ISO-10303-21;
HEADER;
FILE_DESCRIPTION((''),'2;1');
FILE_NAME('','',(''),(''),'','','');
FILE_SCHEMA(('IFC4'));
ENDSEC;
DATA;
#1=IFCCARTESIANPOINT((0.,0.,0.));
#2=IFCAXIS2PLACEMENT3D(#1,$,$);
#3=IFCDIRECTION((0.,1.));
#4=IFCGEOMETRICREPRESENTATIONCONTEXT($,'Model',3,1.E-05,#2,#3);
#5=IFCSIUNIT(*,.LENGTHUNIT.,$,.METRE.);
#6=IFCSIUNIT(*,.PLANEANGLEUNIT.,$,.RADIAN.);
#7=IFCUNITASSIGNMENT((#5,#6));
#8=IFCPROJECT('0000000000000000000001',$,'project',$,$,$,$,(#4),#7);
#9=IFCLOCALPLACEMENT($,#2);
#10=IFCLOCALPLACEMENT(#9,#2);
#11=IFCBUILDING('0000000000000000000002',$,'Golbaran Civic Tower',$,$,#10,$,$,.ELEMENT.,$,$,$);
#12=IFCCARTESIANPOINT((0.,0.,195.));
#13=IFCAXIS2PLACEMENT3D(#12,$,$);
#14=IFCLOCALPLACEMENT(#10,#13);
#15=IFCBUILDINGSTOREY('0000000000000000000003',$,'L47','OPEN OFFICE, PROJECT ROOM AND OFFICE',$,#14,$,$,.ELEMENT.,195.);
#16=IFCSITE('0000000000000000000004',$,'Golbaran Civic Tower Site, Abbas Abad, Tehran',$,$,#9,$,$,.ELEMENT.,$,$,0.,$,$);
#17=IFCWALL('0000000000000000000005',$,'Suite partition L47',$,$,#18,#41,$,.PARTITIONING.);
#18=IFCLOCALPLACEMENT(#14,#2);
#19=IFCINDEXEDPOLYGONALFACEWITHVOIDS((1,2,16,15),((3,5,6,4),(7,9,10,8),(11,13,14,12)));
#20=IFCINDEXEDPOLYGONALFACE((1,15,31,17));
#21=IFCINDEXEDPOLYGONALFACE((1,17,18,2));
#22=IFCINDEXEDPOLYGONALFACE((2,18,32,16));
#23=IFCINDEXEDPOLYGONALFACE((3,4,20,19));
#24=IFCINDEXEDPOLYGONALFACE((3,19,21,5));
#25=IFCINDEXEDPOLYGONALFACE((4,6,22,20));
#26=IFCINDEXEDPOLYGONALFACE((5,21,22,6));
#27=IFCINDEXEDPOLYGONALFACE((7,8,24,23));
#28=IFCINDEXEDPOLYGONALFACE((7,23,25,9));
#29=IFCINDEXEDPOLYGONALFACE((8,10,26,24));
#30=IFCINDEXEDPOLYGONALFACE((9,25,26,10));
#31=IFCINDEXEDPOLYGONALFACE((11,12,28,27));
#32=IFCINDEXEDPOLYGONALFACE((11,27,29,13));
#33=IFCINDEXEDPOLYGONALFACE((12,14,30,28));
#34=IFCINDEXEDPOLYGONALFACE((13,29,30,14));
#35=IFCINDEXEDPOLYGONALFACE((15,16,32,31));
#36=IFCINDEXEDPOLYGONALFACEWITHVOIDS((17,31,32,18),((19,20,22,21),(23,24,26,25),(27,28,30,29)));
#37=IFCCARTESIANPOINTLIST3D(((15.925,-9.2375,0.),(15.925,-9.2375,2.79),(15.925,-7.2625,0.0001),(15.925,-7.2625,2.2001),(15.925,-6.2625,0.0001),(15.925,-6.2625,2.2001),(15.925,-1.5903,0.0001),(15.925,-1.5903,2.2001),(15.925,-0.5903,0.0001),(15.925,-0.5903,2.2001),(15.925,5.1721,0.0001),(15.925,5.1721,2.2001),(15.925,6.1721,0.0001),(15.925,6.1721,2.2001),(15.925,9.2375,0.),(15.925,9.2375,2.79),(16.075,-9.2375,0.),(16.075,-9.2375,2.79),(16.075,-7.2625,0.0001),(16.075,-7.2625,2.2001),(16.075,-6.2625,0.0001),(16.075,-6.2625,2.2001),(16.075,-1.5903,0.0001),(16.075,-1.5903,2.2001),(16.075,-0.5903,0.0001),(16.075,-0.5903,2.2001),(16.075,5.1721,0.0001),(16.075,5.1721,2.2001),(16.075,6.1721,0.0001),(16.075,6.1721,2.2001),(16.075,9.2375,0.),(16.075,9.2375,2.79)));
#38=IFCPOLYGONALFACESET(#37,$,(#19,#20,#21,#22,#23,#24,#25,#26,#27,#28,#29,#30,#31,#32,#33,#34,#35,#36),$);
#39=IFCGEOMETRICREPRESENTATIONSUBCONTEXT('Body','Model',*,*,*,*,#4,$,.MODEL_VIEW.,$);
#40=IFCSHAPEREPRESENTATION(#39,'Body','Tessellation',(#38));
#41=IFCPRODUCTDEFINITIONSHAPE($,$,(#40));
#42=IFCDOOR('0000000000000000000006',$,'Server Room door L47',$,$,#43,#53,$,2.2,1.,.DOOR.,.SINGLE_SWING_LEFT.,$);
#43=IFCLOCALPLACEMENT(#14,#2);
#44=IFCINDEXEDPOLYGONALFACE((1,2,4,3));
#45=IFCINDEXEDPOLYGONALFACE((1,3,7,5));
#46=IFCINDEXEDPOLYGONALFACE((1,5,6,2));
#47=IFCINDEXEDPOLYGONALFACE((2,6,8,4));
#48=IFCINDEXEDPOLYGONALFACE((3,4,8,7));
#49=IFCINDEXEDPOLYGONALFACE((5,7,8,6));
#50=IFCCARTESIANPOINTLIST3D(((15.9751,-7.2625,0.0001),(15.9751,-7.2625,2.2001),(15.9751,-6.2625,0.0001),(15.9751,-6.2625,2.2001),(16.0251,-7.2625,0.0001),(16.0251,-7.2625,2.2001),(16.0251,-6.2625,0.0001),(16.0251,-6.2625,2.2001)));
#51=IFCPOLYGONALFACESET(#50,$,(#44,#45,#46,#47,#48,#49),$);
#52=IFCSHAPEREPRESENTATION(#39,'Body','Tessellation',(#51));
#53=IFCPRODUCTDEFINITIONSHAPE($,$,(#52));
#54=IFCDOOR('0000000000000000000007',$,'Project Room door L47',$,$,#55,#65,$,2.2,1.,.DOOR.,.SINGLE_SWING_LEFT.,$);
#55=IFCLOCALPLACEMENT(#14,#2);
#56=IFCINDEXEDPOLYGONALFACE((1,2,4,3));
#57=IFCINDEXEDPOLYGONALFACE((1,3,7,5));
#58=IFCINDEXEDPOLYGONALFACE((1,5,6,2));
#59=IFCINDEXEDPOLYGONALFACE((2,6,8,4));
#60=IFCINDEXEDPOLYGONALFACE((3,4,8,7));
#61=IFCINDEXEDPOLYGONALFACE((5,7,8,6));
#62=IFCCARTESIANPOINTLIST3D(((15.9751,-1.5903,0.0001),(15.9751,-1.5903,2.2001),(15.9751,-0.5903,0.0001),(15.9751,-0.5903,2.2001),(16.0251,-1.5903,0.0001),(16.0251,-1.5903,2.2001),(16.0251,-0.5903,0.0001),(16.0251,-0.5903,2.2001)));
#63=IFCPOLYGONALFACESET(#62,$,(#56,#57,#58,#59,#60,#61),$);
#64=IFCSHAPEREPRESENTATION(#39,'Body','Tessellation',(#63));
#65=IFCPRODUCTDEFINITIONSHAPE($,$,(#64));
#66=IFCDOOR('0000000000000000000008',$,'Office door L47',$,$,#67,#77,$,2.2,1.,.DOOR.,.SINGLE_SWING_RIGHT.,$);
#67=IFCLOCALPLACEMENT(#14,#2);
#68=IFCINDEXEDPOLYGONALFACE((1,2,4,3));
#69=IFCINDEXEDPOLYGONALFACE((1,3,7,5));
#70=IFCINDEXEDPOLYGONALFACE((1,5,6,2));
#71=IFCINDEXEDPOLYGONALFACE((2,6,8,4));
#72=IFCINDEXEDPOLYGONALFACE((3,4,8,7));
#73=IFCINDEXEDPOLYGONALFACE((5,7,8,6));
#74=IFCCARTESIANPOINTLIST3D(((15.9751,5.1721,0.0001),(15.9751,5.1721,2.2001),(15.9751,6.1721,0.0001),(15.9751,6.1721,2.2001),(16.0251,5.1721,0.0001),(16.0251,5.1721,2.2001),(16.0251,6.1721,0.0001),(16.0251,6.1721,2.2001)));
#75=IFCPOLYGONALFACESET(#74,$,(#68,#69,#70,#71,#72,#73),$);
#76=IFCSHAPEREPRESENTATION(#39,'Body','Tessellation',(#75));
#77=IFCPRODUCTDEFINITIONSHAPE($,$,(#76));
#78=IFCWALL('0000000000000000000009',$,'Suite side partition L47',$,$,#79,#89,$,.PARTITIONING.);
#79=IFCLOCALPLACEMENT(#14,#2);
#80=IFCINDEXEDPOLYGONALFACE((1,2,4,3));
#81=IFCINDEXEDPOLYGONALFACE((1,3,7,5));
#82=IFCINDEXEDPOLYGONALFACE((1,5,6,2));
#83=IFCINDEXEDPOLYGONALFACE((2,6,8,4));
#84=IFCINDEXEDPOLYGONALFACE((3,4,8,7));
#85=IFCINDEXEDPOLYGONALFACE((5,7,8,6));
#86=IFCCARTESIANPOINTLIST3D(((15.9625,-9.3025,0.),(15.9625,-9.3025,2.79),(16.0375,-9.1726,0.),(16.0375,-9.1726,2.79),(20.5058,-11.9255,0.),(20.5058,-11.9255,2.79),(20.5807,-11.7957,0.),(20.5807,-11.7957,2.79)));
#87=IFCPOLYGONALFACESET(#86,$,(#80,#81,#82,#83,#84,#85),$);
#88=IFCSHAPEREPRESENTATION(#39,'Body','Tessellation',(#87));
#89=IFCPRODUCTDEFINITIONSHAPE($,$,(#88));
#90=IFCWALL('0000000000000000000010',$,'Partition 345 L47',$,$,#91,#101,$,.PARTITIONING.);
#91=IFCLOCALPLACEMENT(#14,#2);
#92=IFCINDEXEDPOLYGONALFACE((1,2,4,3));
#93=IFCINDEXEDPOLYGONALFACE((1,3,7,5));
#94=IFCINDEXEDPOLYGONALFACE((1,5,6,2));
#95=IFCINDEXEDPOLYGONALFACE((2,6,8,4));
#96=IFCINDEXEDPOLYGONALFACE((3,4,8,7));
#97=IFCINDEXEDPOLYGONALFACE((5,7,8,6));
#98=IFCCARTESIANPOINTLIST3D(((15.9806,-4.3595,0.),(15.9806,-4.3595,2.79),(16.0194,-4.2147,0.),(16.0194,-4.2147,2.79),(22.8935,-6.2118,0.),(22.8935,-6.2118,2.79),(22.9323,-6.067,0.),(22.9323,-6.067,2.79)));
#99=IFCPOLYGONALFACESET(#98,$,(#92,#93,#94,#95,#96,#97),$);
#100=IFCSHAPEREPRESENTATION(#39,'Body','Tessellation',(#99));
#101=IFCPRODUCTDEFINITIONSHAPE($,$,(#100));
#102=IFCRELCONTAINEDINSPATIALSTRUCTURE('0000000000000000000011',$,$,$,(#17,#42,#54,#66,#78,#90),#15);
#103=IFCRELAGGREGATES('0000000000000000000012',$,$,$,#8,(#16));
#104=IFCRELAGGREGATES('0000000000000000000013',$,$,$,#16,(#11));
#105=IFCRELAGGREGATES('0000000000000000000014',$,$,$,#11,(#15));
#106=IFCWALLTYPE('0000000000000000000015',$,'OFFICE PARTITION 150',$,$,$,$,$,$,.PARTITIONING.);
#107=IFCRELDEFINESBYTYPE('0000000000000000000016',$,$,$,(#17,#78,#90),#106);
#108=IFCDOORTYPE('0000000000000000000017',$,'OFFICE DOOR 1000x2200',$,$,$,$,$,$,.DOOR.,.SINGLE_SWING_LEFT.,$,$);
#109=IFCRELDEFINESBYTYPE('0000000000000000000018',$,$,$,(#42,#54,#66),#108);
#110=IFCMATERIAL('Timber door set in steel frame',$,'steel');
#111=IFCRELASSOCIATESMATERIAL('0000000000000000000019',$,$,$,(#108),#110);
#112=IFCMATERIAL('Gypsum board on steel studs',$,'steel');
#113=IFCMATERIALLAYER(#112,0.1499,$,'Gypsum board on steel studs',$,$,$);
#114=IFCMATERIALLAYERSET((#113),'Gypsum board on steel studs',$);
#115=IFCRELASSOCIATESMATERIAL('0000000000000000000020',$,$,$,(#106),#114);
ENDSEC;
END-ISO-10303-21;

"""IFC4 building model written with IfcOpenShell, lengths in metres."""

from ifc_helpers import new_model, si_unit, direction, frame, frame_2d, origin, place, context, subcontext, project, spatial, rectangle, extrude, material, layer, layer_set, type_object, element, fill, save


model = new_model("IFC4")

# Units and contexts
model_context = context("Model", 3, precision=1e-05, world=origin(), true_north=direction((0.0, 1.0)))
body_context = subcontext(model_context, "Body", "Model", "MODEL_VIEW")
ifc_project = project(units=[si_unit("LENGTHUNIT", "METRE"), si_unit("PLANEANGLEUNIT", "RADIAN")], contexts=[model_context])

# Site, building, storey
site_placement = place(None, origin())
site = spatial("IfcSite", under=ifc_project, at=site_placement, Name="Golbaran Civic Tower Site, Abbas Abad, Tehran", CompositionType="ELEMENT", RefElevation=0.0)
building_placement = place(site_placement, origin())
building = spatial("IfcBuilding", under=site, at=building_placement, Name="Golbaran Civic Tower", CompositionType="ELEMENT")
storey_placement = place(building_placement, frame((0.0, 0.0, 195.0)))
storey = spatial("IfcBuildingStorey", under=building, at=storey_placement, Name="L47", Description="OPEN OFFICE, PROJECT ROOM AND OFFICE", CompositionType="ELEMENT", Elevation=195.0)

# Shared definitions
ifc_material_1 = material(Name="Timber door set in steel frame", Category="steel")

# Shared definitions
door_type_1 = type_object("IfcDoorType", Name="OFFICE DOOR 1000x2200", OperationType="SINGLE_SWING_LEFT", PredefinedType="DOOR", material=ifc_material_1)

# Wall, openings, doors
ifc_material_2 = material(Name="Gypsum board on steel studs", Category="steel")
ifc_layer_1 = layer(ifc_material_2, 0.1499, Name="Gypsum board on steel studs")
ifc_layer_set_1 = layer_set([ifc_layer_1], Name="Gypsum board on steel studs")
wall_type_1 = type_object("IfcWallType", Name="OFFICE PARTITION 150", PredefinedType="PARTITIONING", material=ifc_layer_set_1)
wall_1_placement = place(storey_placement, frame((16.0, -9.2375, 0.0), z_axis=(0.0, 0.0, 1.0), x_axis=(0.0, 1.0, 0.0)))
wall_1 = element("IfcWall", 1, at=wall_1_placement, inside=storey, type_object=wall_type_1, Name="Suite partition L47", PredefinedType="PARTITIONING", context=body_context, shape_type="SweptSolid", body=[
    extrude(rectangle(XDim=18.4751, YDim=0.1499, at=frame_2d((9.2375, 0.0))), origin(), (0.0, 0.0, 1.0), 2.79),
])
opening_1_placement = place(wall_1_placement, frame((1.9751, 0.0, 0.0)))
opening_1 = element("IfcOpeningElement", 2, at=opening_1_placement, cuts=wall_1, PredefinedType="OPENING", context=body_context, shape_type="SweptSolid", body=[
    extrude(rectangle(XDim=1.0, YDim=2.2, at=frame_2d((0.5, 1.1001))), frame((0.0, 0.085, 0.0), z_axis=(0.0, -1.0, 0.0), x_axis=(1.0, 0.0, 0.0)), (0.0, 0.0, 1.0), 0.1699),
])
opening_2_placement = place(wall_1_placement, frame((7.6472, 0.0, 0.0)))
opening_2 = element("IfcOpeningElement", 3, at=opening_2_placement, cuts=wall_1, PredefinedType="OPENING", context=body_context, shape_type="SweptSolid", body=[
    extrude(rectangle(XDim=1.0, YDim=2.2, at=frame_2d((0.5, 1.1001))), frame((0.0, 0.085, 0.0), z_axis=(0.0, -1.0, 0.0), x_axis=(1.0, 0.0, 0.0)), (0.0, 0.0, 1.0), 0.1699),
])
opening_3_placement = place(wall_1_placement, frame((14.4097, 0.0, 0.0)))
opening_3 = element("IfcOpeningElement", 4, at=opening_3_placement, cuts=wall_1, PredefinedType="OPENING", context=body_context, shape_type="SweptSolid", body=[
    extrude(rectangle(XDim=1.0, YDim=2.2, at=frame_2d((0.5, 1.1001))), frame((0.0, 0.085, 0.0), z_axis=(0.0, -1.0, 0.0), x_axis=(1.0, 0.0, 0.0)), (0.0, 0.0, 1.0), 0.1699),
])
door_1_placement = place(opening_1_placement, origin())
door_1 = element("IfcDoor", 5, at=door_1_placement, inside=storey, type_object=door_type_1, Name="Server Room door L47", OperationType="SINGLE_SWING_LEFT", OverallHeight=2.2, OverallWidth=1.0, PredefinedType="DOOR", context=body_context, shape_type="SweptSolid", body=[
    extrude(rectangle(XDim=1.0, YDim=2.2, at=frame_2d((0.5, 1.1001))), frame((0.0, 0.0249, 0.0), z_axis=(0.0, -1.0, 0.0), x_axis=(1.0, 0.0, 0.0)), (0.0, 0.0, 1.0), 0.05),
])
fill(opening_1, door_1)
door_2_placement = place(opening_2_placement, origin())
door_2 = element("IfcDoor", 6, at=door_2_placement, inside=storey, type_object=door_type_1, Name="Project Room door L47", OperationType="SINGLE_SWING_LEFT", OverallHeight=2.2, OverallWidth=1.0, PredefinedType="DOOR", context=body_context, shape_type="SweptSolid", body=[
    extrude(rectangle(XDim=1.0, YDim=2.2, at=frame_2d((0.5, 1.1001))), frame((0.0, 0.0249, 0.0), z_axis=(0.0, -1.0, 0.0), x_axis=(1.0, 0.0, 0.0)), (0.0, 0.0, 1.0), 0.05),
])
fill(opening_2, door_2)
door_3_placement = place(opening_3_placement, origin())
door_3 = element("IfcDoor", 7, at=door_3_placement, inside=storey, type_object=door_type_1, Name="Office door L47", OperationType="SINGLE_SWING_RIGHT", OverallHeight=2.2, OverallWidth=1.0, PredefinedType="DOOR", context=body_context, shape_type="SweptSolid", body=[
    extrude(rectangle(XDim=1.0, YDim=2.2, at=frame_2d((0.5, 1.1001))), frame((0.0, 0.0249, 0.0), z_axis=(0.0, -1.0, 0.0), x_axis=(1.0, 0.0, 0.0)), (0.0, 0.0, 1.0), 0.05),
])
fill(opening_3, door_3)

# Walls
wall_2_placement = place(storey_placement, frame((16.0, -9.2375, 0.0), z_axis=(0.0, 0.0, 1.0), x_axis=(0.866024, -0.500003, 0.0)))
element("IfcWall", 8, at=wall_2_placement, inside=storey, type_object=wall_type_1, Name="Suite side partition L47", PredefinedType="PARTITIONING", context=body_context, shape_type="SweptSolid", body=[
    extrude(rectangle(XDim=5.2461, YDim=0.1499, at=frame_2d((2.623, 0.0))), origin(), (0.0, 0.0, 1.0), 2.79),
])
wall_3_placement = place(storey_placement, frame((16.0, -4.2871, 0.0), z_axis=(0.0, 0.0, 1.0), x_axis=(0.965926, -0.25882, 0.0)))
element("IfcWall", 9, at=wall_3_placement, inside=storey, type_object=wall_type_1, Name="Partition 345 L47", PredefinedType="PARTITIONING", context=body_context, shape_type="SweptSolid", body=[
    extrude(rectangle(XDim=7.1567, YDim=0.1499, at=frame_2d((3.5784, 0.0))), origin(), (0.0, 0.0, 1.0), 2.79),
])

save(model, "model.ifc")
